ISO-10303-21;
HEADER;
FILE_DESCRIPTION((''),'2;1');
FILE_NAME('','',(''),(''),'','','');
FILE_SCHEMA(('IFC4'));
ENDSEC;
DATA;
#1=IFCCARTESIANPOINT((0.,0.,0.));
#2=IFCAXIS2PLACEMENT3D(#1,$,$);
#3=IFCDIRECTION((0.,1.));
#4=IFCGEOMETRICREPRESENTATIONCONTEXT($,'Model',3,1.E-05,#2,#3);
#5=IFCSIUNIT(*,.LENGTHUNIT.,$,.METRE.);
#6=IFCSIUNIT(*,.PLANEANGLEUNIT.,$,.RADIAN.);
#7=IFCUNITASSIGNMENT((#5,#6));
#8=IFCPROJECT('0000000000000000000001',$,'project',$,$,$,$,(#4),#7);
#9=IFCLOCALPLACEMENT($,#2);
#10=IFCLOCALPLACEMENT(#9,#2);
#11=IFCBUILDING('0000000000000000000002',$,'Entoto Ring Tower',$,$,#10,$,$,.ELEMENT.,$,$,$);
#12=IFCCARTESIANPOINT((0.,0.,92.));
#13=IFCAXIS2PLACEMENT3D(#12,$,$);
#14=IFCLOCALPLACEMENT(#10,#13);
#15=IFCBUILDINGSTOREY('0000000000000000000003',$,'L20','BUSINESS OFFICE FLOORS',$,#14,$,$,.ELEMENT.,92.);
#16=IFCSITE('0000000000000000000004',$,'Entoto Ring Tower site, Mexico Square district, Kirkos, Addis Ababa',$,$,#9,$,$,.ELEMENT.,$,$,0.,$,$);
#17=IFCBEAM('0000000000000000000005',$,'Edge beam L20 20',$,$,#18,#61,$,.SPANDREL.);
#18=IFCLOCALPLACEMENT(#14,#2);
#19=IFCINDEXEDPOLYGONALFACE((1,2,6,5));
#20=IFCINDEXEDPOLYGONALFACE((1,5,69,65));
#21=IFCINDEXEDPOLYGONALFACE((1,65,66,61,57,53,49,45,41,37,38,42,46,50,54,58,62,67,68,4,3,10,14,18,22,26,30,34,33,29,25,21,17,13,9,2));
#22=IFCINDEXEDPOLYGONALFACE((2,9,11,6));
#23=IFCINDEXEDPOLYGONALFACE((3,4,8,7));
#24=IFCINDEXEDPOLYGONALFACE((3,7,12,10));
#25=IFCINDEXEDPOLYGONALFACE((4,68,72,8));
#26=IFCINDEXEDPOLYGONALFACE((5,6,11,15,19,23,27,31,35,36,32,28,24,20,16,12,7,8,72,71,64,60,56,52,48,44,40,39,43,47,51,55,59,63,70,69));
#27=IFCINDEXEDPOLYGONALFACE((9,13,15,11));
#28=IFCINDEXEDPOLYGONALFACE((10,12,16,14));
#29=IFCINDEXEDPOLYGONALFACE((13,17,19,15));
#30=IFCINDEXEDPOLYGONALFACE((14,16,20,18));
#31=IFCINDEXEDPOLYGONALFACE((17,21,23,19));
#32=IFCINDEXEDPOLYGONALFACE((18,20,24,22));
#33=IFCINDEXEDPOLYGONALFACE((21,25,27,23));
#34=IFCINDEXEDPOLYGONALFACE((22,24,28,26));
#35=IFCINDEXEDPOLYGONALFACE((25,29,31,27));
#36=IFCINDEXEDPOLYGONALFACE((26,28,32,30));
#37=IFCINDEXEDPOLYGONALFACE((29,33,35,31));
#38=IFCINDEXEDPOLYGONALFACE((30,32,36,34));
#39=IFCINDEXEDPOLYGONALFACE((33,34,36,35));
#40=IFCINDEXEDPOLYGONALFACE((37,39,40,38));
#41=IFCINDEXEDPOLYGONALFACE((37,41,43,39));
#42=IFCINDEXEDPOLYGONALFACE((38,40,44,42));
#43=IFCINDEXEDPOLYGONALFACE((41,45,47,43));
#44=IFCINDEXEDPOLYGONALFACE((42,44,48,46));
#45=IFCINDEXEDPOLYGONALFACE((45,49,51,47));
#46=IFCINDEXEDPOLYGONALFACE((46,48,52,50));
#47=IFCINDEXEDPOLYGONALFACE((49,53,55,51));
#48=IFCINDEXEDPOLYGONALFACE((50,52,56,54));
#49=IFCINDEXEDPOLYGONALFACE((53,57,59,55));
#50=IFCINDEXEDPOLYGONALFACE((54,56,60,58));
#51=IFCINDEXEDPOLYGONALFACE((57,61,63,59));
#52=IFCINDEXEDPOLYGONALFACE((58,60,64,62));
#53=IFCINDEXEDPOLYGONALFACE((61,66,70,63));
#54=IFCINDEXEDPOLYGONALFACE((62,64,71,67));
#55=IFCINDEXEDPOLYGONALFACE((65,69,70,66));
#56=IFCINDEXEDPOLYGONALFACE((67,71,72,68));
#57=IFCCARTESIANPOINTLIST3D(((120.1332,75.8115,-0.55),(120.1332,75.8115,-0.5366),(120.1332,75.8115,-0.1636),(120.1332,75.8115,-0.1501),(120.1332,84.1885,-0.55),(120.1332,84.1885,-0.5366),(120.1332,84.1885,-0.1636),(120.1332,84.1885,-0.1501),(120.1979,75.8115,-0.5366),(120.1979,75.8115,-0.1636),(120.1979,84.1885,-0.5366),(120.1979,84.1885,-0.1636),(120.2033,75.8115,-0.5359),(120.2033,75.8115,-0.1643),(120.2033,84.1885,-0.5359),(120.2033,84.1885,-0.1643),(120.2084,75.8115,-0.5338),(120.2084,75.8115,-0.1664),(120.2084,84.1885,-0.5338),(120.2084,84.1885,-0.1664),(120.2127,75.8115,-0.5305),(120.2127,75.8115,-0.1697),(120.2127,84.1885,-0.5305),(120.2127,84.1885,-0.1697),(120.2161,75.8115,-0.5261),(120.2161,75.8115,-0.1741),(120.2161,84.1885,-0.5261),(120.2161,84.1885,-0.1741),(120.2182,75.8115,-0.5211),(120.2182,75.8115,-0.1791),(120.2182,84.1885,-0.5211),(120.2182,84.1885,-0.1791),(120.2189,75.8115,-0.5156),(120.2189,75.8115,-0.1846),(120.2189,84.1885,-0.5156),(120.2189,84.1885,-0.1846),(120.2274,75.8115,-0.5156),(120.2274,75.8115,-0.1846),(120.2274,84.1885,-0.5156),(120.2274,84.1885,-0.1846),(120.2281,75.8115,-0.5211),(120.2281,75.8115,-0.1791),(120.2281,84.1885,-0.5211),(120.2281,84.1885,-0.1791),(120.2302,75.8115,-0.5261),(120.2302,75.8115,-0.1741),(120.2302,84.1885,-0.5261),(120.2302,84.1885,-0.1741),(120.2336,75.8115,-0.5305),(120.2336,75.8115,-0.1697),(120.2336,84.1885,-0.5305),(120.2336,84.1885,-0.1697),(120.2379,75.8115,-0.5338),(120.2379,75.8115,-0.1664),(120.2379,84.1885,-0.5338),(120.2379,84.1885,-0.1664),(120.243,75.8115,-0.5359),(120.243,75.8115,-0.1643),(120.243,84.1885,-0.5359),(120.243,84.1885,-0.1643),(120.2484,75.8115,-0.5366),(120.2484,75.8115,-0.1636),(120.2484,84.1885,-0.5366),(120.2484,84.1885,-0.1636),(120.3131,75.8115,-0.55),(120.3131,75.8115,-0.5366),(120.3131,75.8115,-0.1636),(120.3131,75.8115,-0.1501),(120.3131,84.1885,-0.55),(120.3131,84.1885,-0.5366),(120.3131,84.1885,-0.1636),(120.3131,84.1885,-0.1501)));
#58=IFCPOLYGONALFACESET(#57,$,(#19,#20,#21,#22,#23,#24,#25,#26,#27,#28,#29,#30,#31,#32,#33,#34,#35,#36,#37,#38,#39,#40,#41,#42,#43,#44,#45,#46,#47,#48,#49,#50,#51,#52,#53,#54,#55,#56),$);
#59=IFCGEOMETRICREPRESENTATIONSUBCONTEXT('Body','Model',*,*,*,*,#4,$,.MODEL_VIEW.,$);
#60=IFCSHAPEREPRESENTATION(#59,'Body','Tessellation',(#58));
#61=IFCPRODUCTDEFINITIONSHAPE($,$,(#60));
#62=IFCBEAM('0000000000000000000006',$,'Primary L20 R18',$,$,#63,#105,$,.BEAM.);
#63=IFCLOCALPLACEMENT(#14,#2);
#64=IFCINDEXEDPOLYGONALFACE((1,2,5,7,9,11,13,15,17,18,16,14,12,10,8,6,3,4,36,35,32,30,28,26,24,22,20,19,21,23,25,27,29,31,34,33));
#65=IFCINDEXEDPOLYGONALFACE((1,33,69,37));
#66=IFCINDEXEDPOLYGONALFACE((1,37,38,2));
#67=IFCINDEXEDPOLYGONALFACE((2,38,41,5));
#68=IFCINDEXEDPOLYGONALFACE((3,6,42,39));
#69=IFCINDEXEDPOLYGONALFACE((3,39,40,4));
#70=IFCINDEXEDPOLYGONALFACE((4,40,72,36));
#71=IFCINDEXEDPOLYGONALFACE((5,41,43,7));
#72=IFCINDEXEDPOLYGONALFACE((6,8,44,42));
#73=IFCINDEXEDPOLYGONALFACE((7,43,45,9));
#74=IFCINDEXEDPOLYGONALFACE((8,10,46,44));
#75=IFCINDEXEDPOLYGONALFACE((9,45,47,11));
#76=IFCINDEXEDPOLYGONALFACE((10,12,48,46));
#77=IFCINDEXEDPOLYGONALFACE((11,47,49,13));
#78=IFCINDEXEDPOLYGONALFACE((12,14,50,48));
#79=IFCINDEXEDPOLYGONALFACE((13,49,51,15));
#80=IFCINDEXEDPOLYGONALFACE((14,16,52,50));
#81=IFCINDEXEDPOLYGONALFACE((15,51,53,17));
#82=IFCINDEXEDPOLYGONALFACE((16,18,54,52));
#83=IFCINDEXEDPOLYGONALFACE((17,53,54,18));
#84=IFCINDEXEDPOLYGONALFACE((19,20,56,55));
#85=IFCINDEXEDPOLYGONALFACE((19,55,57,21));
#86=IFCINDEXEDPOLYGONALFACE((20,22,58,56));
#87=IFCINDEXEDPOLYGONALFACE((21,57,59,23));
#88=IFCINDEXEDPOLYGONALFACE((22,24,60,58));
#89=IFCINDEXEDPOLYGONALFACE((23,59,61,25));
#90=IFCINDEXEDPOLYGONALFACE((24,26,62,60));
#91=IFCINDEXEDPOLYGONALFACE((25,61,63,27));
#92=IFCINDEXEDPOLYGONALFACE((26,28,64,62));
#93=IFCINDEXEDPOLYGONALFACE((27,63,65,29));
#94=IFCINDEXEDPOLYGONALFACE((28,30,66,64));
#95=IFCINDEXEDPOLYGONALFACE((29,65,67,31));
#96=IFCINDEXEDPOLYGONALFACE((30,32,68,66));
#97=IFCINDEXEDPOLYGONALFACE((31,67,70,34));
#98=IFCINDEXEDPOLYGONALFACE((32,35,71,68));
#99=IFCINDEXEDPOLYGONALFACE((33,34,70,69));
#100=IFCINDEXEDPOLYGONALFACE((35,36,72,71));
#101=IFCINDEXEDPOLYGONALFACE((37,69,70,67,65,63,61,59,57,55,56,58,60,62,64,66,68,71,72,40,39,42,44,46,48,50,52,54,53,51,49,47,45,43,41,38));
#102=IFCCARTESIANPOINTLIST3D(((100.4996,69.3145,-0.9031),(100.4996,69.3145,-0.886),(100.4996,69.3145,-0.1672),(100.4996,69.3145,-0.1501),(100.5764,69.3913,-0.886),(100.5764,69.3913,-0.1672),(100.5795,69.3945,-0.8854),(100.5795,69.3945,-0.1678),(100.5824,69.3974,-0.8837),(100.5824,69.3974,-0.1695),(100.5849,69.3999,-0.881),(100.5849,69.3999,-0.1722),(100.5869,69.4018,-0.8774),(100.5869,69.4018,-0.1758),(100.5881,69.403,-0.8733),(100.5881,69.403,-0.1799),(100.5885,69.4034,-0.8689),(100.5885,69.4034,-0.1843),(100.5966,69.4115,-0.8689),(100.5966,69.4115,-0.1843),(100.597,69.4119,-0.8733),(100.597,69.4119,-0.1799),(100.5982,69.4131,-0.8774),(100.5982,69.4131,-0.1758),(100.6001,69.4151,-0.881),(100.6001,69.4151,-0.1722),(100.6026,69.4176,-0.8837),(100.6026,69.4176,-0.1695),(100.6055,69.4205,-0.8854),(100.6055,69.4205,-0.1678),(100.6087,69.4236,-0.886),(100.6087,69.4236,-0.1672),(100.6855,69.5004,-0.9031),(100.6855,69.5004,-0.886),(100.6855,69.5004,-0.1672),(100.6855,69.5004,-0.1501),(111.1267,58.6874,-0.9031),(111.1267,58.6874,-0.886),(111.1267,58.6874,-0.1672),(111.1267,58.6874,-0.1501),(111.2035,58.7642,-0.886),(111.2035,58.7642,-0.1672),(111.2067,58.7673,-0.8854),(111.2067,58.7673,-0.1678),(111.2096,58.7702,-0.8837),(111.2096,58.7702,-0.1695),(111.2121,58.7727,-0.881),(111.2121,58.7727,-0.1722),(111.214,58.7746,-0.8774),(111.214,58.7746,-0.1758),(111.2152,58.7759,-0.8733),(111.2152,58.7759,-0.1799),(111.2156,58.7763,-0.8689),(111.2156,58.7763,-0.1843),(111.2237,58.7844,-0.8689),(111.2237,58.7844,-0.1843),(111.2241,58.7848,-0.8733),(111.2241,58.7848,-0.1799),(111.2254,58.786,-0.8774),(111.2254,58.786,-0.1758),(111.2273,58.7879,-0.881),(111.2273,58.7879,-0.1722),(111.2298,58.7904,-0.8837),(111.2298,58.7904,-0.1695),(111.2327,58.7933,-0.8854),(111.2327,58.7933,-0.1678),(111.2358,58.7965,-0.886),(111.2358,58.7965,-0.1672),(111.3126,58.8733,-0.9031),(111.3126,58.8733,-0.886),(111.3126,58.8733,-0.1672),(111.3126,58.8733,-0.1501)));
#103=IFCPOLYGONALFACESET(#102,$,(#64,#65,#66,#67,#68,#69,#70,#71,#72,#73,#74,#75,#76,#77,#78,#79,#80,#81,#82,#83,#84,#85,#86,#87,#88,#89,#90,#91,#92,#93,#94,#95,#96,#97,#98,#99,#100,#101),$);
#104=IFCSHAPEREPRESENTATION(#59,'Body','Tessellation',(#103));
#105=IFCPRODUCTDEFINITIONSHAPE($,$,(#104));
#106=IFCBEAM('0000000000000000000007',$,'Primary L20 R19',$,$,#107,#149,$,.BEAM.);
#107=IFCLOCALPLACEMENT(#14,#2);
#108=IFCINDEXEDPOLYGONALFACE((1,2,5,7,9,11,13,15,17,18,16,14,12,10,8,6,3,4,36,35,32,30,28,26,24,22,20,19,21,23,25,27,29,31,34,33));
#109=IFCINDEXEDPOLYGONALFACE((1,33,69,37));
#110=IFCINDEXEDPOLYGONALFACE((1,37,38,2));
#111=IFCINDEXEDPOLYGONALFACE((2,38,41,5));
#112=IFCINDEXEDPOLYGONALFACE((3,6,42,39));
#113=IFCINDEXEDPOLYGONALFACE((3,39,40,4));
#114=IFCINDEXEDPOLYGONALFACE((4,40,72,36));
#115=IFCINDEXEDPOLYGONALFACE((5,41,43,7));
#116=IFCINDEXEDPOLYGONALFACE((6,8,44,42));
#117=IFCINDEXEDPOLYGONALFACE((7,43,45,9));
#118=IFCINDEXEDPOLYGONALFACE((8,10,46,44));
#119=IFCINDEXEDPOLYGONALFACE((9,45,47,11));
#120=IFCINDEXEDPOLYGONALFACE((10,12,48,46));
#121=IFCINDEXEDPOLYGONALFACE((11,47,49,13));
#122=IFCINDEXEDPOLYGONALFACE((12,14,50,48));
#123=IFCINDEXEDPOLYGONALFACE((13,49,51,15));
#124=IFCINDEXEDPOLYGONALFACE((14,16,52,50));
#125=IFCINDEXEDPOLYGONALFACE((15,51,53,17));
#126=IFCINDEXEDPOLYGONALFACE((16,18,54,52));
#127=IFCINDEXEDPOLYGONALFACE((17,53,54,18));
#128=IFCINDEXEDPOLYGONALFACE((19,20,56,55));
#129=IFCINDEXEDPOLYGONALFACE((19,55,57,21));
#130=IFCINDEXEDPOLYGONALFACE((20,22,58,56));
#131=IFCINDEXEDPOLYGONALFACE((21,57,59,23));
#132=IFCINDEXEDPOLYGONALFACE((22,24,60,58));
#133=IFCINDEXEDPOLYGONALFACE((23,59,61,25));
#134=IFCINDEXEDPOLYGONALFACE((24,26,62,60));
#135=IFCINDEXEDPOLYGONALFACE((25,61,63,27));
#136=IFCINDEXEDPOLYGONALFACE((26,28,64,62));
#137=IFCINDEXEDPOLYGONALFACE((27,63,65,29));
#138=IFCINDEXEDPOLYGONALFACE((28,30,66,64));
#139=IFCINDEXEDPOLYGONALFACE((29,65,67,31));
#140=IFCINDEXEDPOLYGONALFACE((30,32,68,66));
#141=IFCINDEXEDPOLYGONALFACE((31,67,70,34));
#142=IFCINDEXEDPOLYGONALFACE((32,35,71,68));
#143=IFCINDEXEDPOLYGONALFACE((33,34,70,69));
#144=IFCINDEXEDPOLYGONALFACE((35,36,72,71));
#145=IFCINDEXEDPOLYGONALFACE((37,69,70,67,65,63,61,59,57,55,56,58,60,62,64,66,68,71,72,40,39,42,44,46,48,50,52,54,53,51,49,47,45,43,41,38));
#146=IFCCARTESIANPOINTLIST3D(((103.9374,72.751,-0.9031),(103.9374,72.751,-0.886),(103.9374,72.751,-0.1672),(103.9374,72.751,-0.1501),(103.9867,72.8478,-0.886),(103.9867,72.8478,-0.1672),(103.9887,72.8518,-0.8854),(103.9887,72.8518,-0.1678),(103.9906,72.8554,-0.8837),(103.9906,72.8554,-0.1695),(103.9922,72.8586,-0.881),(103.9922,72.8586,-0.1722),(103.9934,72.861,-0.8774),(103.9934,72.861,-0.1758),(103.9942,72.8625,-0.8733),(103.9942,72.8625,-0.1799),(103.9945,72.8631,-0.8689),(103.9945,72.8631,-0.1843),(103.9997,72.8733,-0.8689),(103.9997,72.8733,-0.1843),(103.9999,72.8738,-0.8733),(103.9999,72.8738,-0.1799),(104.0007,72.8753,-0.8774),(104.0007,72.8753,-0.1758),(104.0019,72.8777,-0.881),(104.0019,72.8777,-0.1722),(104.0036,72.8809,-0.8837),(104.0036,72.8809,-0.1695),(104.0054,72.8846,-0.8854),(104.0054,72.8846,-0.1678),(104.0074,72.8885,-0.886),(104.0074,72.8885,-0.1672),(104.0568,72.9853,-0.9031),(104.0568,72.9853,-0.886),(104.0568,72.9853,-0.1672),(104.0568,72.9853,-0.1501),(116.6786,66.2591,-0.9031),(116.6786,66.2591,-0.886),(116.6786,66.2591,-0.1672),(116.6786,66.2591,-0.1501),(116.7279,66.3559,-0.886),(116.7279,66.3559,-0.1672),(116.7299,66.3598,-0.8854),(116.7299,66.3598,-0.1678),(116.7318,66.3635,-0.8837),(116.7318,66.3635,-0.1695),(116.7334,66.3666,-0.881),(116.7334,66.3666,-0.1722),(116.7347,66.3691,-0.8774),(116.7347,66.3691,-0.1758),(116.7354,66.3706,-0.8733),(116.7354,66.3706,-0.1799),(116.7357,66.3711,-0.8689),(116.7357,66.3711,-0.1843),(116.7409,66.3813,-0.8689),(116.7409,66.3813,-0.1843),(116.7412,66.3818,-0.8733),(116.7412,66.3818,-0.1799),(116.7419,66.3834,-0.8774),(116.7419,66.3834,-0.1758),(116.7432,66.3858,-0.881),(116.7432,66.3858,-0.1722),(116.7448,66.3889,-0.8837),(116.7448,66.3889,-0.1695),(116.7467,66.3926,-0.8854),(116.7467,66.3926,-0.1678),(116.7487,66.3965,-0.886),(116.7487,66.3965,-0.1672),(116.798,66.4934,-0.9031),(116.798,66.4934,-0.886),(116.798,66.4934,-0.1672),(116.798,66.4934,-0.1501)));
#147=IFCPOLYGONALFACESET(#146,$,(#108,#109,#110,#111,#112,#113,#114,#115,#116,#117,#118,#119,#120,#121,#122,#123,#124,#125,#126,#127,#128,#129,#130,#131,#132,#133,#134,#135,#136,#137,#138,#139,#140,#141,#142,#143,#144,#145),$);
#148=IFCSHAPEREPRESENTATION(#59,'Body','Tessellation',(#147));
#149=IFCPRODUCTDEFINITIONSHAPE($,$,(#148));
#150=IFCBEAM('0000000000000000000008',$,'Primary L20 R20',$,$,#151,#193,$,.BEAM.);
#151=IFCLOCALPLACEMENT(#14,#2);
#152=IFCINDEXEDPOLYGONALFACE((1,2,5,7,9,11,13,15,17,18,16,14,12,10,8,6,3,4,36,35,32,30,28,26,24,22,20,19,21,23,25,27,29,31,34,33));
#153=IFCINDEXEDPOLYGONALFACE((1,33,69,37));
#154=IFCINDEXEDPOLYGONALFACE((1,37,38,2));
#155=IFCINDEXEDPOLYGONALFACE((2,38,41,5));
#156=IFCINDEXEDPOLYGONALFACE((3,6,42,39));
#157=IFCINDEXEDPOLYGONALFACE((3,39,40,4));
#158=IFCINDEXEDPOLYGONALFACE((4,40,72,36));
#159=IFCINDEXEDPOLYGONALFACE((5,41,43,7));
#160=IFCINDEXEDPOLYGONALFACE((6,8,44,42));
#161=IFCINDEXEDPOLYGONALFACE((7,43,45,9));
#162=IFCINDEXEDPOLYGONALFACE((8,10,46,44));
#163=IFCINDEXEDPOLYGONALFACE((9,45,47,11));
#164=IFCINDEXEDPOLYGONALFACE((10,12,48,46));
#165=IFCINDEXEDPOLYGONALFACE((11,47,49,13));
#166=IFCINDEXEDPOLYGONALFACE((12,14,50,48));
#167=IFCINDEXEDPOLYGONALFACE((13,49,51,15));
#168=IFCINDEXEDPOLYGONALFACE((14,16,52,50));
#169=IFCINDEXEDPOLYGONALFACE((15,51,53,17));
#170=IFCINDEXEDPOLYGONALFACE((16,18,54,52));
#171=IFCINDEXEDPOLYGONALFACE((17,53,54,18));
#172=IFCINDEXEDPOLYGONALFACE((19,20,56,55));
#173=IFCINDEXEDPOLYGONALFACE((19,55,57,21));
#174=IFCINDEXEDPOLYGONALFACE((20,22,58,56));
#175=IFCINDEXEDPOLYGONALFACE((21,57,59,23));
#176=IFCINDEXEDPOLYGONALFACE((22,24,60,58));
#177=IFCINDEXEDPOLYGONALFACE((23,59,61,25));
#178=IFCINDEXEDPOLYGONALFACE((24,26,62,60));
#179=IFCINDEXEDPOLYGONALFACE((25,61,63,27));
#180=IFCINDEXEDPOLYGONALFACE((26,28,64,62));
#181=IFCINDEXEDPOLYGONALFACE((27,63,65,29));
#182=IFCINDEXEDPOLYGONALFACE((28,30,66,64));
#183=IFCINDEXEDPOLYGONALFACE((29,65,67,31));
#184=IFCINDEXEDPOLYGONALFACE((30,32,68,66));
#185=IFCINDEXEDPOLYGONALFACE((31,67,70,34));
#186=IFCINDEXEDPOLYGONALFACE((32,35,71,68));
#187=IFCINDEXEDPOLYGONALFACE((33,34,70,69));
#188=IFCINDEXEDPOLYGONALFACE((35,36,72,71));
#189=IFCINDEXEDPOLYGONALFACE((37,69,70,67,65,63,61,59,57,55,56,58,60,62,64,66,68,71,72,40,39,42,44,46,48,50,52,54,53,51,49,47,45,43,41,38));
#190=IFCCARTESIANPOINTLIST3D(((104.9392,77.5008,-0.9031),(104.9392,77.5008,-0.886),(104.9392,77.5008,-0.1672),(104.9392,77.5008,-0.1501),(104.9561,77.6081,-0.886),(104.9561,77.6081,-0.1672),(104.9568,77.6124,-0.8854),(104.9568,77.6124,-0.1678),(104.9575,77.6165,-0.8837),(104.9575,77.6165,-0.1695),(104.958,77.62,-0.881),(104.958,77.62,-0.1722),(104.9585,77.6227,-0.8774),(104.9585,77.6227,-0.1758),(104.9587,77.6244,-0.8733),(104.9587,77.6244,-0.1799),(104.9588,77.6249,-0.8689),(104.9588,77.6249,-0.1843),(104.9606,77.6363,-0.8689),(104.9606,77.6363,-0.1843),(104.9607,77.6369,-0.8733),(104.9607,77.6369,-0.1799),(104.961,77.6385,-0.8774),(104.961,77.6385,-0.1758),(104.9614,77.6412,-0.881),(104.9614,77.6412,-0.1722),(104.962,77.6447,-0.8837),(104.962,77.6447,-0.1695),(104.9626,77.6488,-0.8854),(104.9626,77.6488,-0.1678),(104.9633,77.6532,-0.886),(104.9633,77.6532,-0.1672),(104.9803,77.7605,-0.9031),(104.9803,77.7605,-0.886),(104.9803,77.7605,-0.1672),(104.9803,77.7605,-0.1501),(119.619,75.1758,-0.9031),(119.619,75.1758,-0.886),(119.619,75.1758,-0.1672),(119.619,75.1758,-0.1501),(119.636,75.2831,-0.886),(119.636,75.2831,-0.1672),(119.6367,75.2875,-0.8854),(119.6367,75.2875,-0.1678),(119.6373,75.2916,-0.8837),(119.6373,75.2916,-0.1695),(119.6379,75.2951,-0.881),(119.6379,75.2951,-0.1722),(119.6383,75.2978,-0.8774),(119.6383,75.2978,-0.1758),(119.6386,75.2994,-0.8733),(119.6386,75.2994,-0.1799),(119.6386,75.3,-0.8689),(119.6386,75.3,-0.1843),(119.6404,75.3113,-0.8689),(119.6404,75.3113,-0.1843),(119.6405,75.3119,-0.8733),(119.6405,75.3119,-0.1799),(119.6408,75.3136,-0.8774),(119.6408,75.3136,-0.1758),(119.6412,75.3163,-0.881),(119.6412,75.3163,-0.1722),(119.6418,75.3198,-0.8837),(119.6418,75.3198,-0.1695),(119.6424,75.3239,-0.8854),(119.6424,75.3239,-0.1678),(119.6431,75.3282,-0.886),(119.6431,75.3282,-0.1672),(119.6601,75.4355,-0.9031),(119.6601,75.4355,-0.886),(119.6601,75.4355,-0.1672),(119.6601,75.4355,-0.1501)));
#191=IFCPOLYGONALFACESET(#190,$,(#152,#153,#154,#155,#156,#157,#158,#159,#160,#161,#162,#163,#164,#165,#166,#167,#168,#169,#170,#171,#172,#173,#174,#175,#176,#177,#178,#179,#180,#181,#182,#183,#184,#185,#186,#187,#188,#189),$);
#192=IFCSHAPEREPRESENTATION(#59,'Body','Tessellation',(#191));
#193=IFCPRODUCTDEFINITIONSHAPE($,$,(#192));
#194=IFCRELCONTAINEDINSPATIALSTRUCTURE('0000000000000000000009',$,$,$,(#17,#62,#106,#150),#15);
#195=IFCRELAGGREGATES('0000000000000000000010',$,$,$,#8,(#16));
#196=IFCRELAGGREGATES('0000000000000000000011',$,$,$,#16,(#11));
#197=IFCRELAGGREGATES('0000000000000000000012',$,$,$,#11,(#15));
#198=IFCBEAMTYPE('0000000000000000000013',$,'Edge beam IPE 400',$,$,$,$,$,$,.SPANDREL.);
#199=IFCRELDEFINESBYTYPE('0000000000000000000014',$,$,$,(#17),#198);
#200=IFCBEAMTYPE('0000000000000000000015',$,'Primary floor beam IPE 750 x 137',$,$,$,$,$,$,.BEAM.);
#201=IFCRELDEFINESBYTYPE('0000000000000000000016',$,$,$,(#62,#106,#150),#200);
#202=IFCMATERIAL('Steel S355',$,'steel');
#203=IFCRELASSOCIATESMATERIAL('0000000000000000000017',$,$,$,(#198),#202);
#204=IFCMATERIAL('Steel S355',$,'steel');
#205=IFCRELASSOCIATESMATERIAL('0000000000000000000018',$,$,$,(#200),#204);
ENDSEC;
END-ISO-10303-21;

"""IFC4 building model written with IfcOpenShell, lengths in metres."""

from ifc_helpers import new_model, si_unit, direction, frame, origin, origin_2d, place, context, subcontext, project, spatial, i_section, extrude, material, material_profile, profile_set, type_object, element, save


model = new_model("IFC4")

# Units and contexts
model_context = context("Model", 3, precision=1e-05, world=origin(), true_north=direction((0.0, 1.0)))
body_context = subcontext(model_context, "Body", "Model", "MODEL_VIEW")
ifc_project = project(units=[si_unit("LENGTHUNIT", "METRE"), si_unit("PLANEANGLEUNIT", "RADIAN")], contexts=[model_context])

# Site, building, storey
site_placement = place(None, origin())
site = spatial("IfcSite", under=ifc_project, at=site_placement, Name="Entoto Ring Tower site, Mexico Square district, Kirkos, Addis Ababa", CompositionType="ELEMENT", RefElevation=0.0)
building_placement = place(site_placement, origin())
building = spatial("IfcBuilding", under=site, at=building_placement, Name="Entoto Ring Tower", CompositionType="ELEMENT")
storey_placement = place(building_placement, frame((0.0, 0.0, 92.0)))
storey = spatial("IfcBuildingStorey", under=building, at=storey_placement, Name="L20", Description="BUSINESS OFFICE FLOORS", CompositionType="ELEMENT", Elevation=92.0)

# Beams
ifc_material_1 = material(Name="Steel S355", Category="steel")
ifc_material_profile_1 = material_profile(ifc_material_1, i_section(OverallWidth=0.1799, OverallDepth=0.3999, WebThickness=0.0085, FlangeThickness=0.0134, FilletRadius=0.021, at=origin_2d()), Name="IPE 400")
ifc_profile_set_1 = profile_set([ifc_material_profile_1], Name="Steel S355")
beam_type_1 = type_object("IfcBeamType", Name="Edge beam IPE 400", PredefinedType="SPANDREL", material=ifc_profile_set_1)
beam_1_placement = place(storey_placement, frame((120.2231, 75.8115, -0.3501), z_axis=(0.0, 1.0, 0.0), x_axis=(-1.0, 0.0, 0.0)))
element("IfcBeam", 1, at=beam_1_placement, inside=storey, type_object=beam_type_1, Name="Edge beam L20 20", PredefinedType="SPANDREL", context=body_context, shape_type="SweptSolid", body=[
    extrude(i_section(OverallWidth=0.1799, OverallDepth=0.3999, WebThickness=0.0085, FlangeThickness=0.0134, FilletRadius=0.021, at=origin_2d()), origin(), (0.0, 0.0, 1.0), 8.377),
])
ifc_material_2 = material(Name="Steel S355", Category="steel")
ifc_material_profile_2 = material_profile(ifc_material_2, i_section(OverallWidth=0.2629, OverallDepth=0.7529, WebThickness=0.0115, FlangeThickness=0.0171, FilletRadius=0.0171, at=origin_2d()), Name="IPE 750 x 137")
ifc_profile_set_2 = profile_set([ifc_material_profile_2], Name="Steel S355")
beam_type_2 = type_object("IfcBeamType", Name="Primary floor beam IPE 750 x 137", PredefinedType="BEAM", material=ifc_profile_set_2)
beam_2_placement = place(storey_placement, frame((100.5925, 69.4075, -0.5266), z_axis=(0.707107, -0.707107, 0.0), x_axis=(0.707107, 0.707107, 0.0)))
element("IfcBeam", 2, at=beam_2_placement, inside=storey, type_object=beam_type_2, Name="Primary L20 R18", PredefinedType="BEAM", context=body_context, shape_type="SweptSolid", body=[
    extrude(i_section(OverallWidth=0.2629, OverallDepth=0.7529, WebThickness=0.0115, FlangeThickness=0.0171, FilletRadius=0.0171, at=origin_2d()), origin(), (0.0, 0.0, 1.0), 15.0291),
])
beam_3_placement = place(storey_placement, frame((103.9971, 72.8682, -0.5266), z_axis=(0.891007, -0.453989, 0.0), x_axis=(0.453989, 0.891007, 0.0)))
element("IfcBeam", 3, at=beam_3_placement, inside=storey, type_object=beam_type_2, Name="Primary L20 R19", PredefinedType="BEAM", context=body_context, shape_type="SweptSolid", body=[
    extrude(i_section(OverallWidth=0.2629, OverallDepth=0.7529, WebThickness=0.0115, FlangeThickness=0.0171, FilletRadius=0.0171, at=origin_2d()), origin(), (0.0, 0.0, 1.0), 14.2998),
])
beam_4_placement = place(storey_placement, frame((104.9597, 77.6306, -0.5266), z_axis=(0.98769, -0.156426, 0.0), x_axis=(0.156426, 0.98769, 0.0)))
element("IfcBeam", 4, at=beam_4_placement, inside=storey, type_object=beam_type_2, Name="Primary L20 R20", PredefinedType="BEAM", context=body_context, shape_type="SweptSolid", body=[
    extrude(i_section(OverallWidth=0.2629, OverallDepth=0.7529, WebThickness=0.0115, FlangeThickness=0.0171, FilletRadius=0.0171, at=origin_2d()), origin(), (0.0, 0.0, 1.0), 14.8628),
])

save(model, "model.ifc")
